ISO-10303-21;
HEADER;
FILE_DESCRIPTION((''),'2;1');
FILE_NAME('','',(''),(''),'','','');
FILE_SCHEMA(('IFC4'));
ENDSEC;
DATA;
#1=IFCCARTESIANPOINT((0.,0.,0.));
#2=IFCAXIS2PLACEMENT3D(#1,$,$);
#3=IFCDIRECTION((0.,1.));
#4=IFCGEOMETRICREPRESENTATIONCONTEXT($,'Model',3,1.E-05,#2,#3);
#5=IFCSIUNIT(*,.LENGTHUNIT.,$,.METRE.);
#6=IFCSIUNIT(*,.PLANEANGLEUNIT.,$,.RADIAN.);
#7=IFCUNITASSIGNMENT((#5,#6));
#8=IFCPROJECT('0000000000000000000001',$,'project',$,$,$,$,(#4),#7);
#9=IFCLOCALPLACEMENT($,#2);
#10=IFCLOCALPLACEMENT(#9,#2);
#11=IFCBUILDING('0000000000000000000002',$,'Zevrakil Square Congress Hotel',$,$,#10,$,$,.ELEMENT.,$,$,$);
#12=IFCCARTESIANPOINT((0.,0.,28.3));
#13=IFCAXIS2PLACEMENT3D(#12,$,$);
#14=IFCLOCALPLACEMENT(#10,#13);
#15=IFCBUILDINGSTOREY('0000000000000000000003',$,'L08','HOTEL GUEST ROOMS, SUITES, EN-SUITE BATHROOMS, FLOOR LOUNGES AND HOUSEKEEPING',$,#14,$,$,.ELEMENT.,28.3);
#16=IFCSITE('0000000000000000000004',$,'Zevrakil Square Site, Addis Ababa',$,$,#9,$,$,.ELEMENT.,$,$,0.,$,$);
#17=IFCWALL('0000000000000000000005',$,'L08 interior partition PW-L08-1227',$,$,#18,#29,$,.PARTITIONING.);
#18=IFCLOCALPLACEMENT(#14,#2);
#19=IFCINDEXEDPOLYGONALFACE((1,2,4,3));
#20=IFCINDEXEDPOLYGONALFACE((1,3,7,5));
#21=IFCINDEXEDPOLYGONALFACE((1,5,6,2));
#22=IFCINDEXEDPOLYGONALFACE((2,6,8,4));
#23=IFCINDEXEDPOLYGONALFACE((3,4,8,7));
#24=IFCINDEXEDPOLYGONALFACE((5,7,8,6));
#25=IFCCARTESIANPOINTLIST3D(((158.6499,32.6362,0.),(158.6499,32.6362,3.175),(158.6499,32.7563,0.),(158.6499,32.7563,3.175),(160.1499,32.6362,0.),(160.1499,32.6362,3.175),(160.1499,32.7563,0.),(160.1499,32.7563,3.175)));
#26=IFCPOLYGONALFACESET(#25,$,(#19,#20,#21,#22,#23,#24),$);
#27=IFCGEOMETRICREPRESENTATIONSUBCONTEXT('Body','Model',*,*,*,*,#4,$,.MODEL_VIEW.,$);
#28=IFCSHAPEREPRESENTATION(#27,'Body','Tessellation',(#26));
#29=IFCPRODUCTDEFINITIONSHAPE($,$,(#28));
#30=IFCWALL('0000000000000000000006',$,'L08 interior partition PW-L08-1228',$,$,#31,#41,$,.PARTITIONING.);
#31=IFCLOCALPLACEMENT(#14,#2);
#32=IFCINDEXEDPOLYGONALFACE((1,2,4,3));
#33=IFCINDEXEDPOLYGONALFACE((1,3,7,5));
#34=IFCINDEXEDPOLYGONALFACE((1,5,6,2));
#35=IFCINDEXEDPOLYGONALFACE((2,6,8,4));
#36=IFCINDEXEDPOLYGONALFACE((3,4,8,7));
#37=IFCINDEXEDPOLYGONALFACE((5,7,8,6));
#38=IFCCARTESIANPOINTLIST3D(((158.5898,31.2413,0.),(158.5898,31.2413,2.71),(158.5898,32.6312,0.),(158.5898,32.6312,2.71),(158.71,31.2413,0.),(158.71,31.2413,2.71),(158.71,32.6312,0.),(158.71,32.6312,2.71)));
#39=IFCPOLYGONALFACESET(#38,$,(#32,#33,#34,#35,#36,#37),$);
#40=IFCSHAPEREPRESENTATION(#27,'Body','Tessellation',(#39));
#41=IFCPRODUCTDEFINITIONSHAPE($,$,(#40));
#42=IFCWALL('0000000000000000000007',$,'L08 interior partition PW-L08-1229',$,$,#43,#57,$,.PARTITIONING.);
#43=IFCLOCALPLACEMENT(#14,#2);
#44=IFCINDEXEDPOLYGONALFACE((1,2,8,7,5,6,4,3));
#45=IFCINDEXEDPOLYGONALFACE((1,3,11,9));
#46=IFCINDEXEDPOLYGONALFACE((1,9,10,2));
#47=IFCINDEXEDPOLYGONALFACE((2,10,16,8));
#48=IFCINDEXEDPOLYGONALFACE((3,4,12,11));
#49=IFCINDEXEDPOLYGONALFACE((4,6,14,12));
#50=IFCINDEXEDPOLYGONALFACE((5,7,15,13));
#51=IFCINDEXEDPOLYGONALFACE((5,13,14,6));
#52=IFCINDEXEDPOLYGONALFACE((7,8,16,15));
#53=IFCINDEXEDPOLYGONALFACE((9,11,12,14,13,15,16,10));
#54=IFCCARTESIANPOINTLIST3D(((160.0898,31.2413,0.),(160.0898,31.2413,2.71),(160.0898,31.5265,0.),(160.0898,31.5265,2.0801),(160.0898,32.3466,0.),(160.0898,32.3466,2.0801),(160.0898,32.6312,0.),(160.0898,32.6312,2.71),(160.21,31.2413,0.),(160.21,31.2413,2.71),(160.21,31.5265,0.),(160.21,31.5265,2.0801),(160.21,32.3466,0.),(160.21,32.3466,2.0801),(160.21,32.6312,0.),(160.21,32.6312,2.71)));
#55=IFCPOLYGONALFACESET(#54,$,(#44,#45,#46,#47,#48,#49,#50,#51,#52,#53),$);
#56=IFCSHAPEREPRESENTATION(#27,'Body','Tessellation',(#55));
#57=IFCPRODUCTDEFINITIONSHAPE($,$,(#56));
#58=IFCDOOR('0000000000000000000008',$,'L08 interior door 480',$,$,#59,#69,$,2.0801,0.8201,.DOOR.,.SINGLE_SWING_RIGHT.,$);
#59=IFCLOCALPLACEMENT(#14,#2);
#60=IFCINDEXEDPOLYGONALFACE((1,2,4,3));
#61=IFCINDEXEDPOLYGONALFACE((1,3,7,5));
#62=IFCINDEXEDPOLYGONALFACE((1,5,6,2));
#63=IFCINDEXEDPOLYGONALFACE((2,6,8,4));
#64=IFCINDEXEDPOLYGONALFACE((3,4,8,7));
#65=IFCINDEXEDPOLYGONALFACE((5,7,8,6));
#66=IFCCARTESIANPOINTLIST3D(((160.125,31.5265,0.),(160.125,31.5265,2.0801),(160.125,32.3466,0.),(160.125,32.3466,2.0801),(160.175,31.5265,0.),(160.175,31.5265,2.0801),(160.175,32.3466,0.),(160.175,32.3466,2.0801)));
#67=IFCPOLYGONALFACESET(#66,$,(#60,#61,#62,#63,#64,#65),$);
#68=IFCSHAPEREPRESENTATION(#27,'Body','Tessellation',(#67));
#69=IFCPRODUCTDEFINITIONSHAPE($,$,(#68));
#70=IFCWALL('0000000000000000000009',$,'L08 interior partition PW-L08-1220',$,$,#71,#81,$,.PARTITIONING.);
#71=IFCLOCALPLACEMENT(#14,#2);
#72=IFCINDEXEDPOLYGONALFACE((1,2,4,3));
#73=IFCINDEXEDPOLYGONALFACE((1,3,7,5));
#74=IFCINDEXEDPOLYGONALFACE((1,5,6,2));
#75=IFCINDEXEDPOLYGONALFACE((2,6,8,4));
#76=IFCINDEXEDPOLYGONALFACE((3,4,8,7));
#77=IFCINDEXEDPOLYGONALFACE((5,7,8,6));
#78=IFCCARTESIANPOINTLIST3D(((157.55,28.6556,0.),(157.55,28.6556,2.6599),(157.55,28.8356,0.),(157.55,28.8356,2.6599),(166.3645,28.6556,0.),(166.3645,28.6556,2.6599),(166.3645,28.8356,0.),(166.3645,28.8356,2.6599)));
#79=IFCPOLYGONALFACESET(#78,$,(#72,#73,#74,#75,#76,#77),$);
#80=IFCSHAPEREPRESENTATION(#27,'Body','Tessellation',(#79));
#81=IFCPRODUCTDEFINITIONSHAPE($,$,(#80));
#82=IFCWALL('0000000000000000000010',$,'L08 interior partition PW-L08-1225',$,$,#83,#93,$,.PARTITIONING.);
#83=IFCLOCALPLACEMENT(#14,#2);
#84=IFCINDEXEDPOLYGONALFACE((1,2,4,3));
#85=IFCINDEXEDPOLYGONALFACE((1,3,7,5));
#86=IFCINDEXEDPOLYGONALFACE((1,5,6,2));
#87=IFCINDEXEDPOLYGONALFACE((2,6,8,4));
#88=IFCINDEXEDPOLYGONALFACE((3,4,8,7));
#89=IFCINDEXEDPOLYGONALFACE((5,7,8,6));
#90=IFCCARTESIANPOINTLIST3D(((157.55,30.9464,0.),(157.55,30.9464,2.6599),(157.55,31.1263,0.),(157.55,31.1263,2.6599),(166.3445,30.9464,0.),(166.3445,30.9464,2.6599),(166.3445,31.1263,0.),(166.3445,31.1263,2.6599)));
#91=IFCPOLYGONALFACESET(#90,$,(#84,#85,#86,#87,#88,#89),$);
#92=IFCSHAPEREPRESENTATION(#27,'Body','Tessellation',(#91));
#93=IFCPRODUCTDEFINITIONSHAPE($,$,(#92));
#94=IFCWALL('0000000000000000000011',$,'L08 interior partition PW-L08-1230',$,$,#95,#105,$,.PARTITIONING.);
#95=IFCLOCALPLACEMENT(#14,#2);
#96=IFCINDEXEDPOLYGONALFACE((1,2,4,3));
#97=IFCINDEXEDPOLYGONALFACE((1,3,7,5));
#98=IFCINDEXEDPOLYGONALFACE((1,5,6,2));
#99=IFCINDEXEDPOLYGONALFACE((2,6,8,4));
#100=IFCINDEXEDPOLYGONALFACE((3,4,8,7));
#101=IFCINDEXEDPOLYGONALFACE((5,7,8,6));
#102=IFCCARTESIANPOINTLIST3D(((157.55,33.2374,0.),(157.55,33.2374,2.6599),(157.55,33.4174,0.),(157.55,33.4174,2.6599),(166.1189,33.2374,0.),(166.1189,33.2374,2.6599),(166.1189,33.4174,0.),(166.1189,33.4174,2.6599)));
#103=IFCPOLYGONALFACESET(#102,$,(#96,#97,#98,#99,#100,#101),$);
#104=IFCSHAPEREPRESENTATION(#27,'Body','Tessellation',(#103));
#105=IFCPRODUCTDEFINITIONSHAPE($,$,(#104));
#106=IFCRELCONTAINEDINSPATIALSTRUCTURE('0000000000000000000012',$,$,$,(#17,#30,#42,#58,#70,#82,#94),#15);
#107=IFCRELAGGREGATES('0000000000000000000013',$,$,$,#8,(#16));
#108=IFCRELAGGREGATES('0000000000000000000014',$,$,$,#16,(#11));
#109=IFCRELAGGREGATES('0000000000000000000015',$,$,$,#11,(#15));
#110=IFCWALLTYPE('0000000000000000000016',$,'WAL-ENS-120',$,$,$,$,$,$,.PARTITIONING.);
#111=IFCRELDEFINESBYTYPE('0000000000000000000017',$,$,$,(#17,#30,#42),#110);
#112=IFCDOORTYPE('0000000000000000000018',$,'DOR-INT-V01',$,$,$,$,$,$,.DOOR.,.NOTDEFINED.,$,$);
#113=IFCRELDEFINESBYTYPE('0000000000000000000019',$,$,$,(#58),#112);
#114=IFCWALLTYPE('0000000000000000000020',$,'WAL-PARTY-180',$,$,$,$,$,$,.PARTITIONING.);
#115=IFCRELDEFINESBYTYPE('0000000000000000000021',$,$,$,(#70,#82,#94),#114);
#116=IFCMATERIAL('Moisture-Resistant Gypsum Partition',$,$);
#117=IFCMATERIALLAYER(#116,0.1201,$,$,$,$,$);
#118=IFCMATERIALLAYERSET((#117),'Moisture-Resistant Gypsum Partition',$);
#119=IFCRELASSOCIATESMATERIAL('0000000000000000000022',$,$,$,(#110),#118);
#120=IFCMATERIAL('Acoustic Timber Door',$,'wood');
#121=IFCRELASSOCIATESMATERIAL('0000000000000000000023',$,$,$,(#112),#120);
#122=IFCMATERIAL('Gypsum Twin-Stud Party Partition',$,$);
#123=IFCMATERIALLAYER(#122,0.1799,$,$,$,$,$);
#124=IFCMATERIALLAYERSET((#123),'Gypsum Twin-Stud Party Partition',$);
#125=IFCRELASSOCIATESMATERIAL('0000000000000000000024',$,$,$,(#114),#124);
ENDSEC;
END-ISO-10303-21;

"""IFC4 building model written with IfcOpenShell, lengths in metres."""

from ifc_helpers import new_model, si_unit, direction, frame, frame_2d, origin, place, context, subcontext, project, spatial, rectangle, extrude, material, layer, layer_set, type_object, element, fill, save


model = new_model("IFC4")

# Units and contexts
model_context = context("Model", 3, precision=1e-05, world=origin(), true_north=direction((0.0, 1.0)))
body_context = subcontext(model_context, "Body", "Model", "MODEL_VIEW")
ifc_project = project(units=[si_unit("LENGTHUNIT", "METRE"), si_unit("PLANEANGLEUNIT", "RADIAN")], contexts=[model_context])

# Site, building, storey
site_placement = place(None, origin())
site = spatial("IfcSite", under=ifc_project, at=site_placement, Name="Zevrakil Square Site, Addis Ababa", CompositionType="ELEMENT", RefElevation=0.0)
building_placement = place(site_placement, origin())
building = spatial("IfcBuilding", under=site, at=building_placement, Name="Zevrakil Square Congress Hotel", CompositionType="ELEMENT")
storey_placement = place(building_placement, frame((0.0, 0.0, 28.3)))
storey = spatial("IfcBuildingStorey", under=building, at=storey_placement, Name="L08", Description="HOTEL GUEST ROOMS, SUITES, EN-SUITE BATHROOMS, FLOOR LOUNGES AND HOUSEKEEPING", CompositionType="ELEMENT", Elevation=28.3)

# Shared definitions
ifc_material_1 = material(Name="Moisture-Resistant Gypsum Partition")
ifc_layer_1 = layer(ifc_material_1, 0.1201)
ifc_layer_set_1 = layer_set([ifc_layer_1], Name="Moisture-Resistant Gypsum Partition")
wall_type_1 = type_object("IfcWallType", Name="WAL-ENS-120", PredefinedType="PARTITIONING", material=ifc_layer_set_1)

# Shared definitions
ifc_material_2 = material(Name="Acoustic Timber Door", Category="wood")
door_type_1 = type_object("IfcDoorType", Name="DOR-INT-V01", OperationType="NOTDEFINED", PredefinedType="DOOR", material=ifc_material_2)

# Walls
wall_1_placement = place(storey_placement, frame((158.6499, 32.6963, 0.0), z_axis=(0.0, 0.0, 1.0), x_axis=(1.0, 0.0, 0.0)))
element("IfcWall", 1, at=wall_1_placement, inside=storey, type_object=wall_type_1, Name="L08 interior partition PW-L08-1227", PredefinedType="PARTITIONING", context=body_context, shape_type="SweptSolid", body=[
    extrude(rectangle(XDim=1.5, YDim=0.1201, at=frame_2d((0.75, 0.0))), origin(), (0.0, 0.0, 1.0), 3.175),
])
wall_2_placement = place(storey_placement, frame((158.6499, 31.2415, 0.0), z_axis=(0.0, 0.0, 1.0), x_axis=(0.0, 1.0, 0.0)))
element("IfcWall", 2, at=wall_2_placement, inside=storey, type_object=wall_type_1, Name="L08 interior partition PW-L08-1228", PredefinedType="PARTITIONING", context=body_context, shape_type="SweptSolid", body=[
    extrude(rectangle(XDim=1.3899, YDim=0.1201, at=frame_2d((0.6948, 0.0))), origin(), (0.0, 0.0, 1.0), 2.71),
])

# Wall, opening, door
wall_3_placement = place(storey_placement, frame((160.1499, 31.2415, 0.0), z_axis=(0.0, 0.0, 1.0), x_axis=(0.0, 1.0, 0.0)))
wall_3 = element("IfcWall", 3, at=wall_3_placement, inside=storey, type_object=wall_type_1, Name="L08 interior partition PW-L08-1229", PredefinedType="PARTITIONING", context=body_context, shape_type="SweptSolid", body=[
    extrude(rectangle(XDim=1.3899, YDim=0.1201, at=frame_2d((0.6948, 0.0))), origin(), (0.0, 0.0, 1.0), 2.71),
])
opening_1_placement = place(wall_3_placement, frame((0.2849, 0.0, 0.0)))
opening_1 = element("IfcOpeningElement", 4, at=opening_1_placement, cuts=wall_3, PredefinedType="OPENING", context=body_context, shape_type="SweptSolid", body=[
    extrude(rectangle(XDim=0.8201, YDim=2.0801, at=frame_2d((0.4102, 1.04))), frame((0.0, 0.0701, 0.0), z_axis=(0.0, -1.0, 0.0), x_axis=(1.0, 0.0, 0.0)), (0.0, 0.0, 1.0), 0.1401),
])
door_1_placement = place(opening_1_placement, origin())
door_1 = element("IfcDoor", 5, at=door_1_placement, inside=storey, type_object=door_type_1, Name="L08 interior door 480", OperationType="SINGLE_SWING_RIGHT", OverallHeight=2.0801, OverallWidth=0.8201, PredefinedType="DOOR", context=body_context, shape_type="SweptSolid", body=[
    extrude(rectangle(XDim=0.8201, YDim=2.0801, at=frame_2d((0.4102, 1.04))), frame((0.0, 0.0249, 0.0), z_axis=(0.0, -1.0, 0.0), x_axis=(1.0, 0.0, 0.0)), (0.0, 0.0, 1.0), 0.05),
])
fill(opening_1, door_1)

# Walls
ifc_material_3 = material(Name="Gypsum Twin-Stud Party Partition")
ifc_layer_2 = layer(ifc_material_3, 0.1799)
ifc_layer_set_2 = layer_set([ifc_layer_2], Name="Gypsum Twin-Stud Party Partition")
wall_type_2 = type_object("IfcWallType", Name="WAL-PARTY-180", PredefinedType="PARTITIONING", material=ifc_layer_set_2)
wall_4_placement = place(storey_placement, frame((157.55, 28.7456, 0.0), z_axis=(0.0, 0.0, 1.0), x_axis=(1.0, 0.0, 0.0)))
element("IfcWall", 6, at=wall_4_placement, inside=storey, type_object=wall_type_2, Name="L08 interior partition PW-L08-1220", PredefinedType="PARTITIONING", context=body_context, shape_type="SweptSolid", body=[
    extrude(rectangle(XDim=8.8145, YDim=0.1799, at=frame_2d((4.4072, 0.0))), origin(), (0.0, 0.0, 1.0), 2.6599),
])
wall_5_placement = place(storey_placement, frame((157.55, 31.0364, 0.0), z_axis=(0.0, 0.0, 1.0), x_axis=(1.0, 0.0, 0.0)))
element("IfcWall", 7, at=wall_5_placement, inside=storey, type_object=wall_type_2, Name="L08 interior partition PW-L08-1225", PredefinedType="PARTITIONING", context=body_context, shape_type="SweptSolid", body=[
    extrude(rectangle(XDim=8.7944, YDim=0.1799, at=frame_2d((4.3972, 0.0))), origin(), (0.0, 0.0, 1.0), 2.6599),
])
wall_6_placement = place(storey_placement, frame((157.55, 33.3274, 0.0), z_axis=(0.0, 0.0, 1.0), x_axis=(1.0, 0.0, 0.0)))
element("IfcWall", 8, at=wall_6_placement, inside=storey, type_object=wall_type_2, Name="L08 interior partition PW-L08-1230", PredefinedType="PARTITIONING", context=body_context, shape_type="SweptSolid", body=[
    extrude(rectangle(XDim=8.5688, YDim=0.1799, at=frame_2d((4.2844, 0.0))), origin(), (0.0, 0.0, 1.0), 2.6599),
])

save(model, "model.ifc")
